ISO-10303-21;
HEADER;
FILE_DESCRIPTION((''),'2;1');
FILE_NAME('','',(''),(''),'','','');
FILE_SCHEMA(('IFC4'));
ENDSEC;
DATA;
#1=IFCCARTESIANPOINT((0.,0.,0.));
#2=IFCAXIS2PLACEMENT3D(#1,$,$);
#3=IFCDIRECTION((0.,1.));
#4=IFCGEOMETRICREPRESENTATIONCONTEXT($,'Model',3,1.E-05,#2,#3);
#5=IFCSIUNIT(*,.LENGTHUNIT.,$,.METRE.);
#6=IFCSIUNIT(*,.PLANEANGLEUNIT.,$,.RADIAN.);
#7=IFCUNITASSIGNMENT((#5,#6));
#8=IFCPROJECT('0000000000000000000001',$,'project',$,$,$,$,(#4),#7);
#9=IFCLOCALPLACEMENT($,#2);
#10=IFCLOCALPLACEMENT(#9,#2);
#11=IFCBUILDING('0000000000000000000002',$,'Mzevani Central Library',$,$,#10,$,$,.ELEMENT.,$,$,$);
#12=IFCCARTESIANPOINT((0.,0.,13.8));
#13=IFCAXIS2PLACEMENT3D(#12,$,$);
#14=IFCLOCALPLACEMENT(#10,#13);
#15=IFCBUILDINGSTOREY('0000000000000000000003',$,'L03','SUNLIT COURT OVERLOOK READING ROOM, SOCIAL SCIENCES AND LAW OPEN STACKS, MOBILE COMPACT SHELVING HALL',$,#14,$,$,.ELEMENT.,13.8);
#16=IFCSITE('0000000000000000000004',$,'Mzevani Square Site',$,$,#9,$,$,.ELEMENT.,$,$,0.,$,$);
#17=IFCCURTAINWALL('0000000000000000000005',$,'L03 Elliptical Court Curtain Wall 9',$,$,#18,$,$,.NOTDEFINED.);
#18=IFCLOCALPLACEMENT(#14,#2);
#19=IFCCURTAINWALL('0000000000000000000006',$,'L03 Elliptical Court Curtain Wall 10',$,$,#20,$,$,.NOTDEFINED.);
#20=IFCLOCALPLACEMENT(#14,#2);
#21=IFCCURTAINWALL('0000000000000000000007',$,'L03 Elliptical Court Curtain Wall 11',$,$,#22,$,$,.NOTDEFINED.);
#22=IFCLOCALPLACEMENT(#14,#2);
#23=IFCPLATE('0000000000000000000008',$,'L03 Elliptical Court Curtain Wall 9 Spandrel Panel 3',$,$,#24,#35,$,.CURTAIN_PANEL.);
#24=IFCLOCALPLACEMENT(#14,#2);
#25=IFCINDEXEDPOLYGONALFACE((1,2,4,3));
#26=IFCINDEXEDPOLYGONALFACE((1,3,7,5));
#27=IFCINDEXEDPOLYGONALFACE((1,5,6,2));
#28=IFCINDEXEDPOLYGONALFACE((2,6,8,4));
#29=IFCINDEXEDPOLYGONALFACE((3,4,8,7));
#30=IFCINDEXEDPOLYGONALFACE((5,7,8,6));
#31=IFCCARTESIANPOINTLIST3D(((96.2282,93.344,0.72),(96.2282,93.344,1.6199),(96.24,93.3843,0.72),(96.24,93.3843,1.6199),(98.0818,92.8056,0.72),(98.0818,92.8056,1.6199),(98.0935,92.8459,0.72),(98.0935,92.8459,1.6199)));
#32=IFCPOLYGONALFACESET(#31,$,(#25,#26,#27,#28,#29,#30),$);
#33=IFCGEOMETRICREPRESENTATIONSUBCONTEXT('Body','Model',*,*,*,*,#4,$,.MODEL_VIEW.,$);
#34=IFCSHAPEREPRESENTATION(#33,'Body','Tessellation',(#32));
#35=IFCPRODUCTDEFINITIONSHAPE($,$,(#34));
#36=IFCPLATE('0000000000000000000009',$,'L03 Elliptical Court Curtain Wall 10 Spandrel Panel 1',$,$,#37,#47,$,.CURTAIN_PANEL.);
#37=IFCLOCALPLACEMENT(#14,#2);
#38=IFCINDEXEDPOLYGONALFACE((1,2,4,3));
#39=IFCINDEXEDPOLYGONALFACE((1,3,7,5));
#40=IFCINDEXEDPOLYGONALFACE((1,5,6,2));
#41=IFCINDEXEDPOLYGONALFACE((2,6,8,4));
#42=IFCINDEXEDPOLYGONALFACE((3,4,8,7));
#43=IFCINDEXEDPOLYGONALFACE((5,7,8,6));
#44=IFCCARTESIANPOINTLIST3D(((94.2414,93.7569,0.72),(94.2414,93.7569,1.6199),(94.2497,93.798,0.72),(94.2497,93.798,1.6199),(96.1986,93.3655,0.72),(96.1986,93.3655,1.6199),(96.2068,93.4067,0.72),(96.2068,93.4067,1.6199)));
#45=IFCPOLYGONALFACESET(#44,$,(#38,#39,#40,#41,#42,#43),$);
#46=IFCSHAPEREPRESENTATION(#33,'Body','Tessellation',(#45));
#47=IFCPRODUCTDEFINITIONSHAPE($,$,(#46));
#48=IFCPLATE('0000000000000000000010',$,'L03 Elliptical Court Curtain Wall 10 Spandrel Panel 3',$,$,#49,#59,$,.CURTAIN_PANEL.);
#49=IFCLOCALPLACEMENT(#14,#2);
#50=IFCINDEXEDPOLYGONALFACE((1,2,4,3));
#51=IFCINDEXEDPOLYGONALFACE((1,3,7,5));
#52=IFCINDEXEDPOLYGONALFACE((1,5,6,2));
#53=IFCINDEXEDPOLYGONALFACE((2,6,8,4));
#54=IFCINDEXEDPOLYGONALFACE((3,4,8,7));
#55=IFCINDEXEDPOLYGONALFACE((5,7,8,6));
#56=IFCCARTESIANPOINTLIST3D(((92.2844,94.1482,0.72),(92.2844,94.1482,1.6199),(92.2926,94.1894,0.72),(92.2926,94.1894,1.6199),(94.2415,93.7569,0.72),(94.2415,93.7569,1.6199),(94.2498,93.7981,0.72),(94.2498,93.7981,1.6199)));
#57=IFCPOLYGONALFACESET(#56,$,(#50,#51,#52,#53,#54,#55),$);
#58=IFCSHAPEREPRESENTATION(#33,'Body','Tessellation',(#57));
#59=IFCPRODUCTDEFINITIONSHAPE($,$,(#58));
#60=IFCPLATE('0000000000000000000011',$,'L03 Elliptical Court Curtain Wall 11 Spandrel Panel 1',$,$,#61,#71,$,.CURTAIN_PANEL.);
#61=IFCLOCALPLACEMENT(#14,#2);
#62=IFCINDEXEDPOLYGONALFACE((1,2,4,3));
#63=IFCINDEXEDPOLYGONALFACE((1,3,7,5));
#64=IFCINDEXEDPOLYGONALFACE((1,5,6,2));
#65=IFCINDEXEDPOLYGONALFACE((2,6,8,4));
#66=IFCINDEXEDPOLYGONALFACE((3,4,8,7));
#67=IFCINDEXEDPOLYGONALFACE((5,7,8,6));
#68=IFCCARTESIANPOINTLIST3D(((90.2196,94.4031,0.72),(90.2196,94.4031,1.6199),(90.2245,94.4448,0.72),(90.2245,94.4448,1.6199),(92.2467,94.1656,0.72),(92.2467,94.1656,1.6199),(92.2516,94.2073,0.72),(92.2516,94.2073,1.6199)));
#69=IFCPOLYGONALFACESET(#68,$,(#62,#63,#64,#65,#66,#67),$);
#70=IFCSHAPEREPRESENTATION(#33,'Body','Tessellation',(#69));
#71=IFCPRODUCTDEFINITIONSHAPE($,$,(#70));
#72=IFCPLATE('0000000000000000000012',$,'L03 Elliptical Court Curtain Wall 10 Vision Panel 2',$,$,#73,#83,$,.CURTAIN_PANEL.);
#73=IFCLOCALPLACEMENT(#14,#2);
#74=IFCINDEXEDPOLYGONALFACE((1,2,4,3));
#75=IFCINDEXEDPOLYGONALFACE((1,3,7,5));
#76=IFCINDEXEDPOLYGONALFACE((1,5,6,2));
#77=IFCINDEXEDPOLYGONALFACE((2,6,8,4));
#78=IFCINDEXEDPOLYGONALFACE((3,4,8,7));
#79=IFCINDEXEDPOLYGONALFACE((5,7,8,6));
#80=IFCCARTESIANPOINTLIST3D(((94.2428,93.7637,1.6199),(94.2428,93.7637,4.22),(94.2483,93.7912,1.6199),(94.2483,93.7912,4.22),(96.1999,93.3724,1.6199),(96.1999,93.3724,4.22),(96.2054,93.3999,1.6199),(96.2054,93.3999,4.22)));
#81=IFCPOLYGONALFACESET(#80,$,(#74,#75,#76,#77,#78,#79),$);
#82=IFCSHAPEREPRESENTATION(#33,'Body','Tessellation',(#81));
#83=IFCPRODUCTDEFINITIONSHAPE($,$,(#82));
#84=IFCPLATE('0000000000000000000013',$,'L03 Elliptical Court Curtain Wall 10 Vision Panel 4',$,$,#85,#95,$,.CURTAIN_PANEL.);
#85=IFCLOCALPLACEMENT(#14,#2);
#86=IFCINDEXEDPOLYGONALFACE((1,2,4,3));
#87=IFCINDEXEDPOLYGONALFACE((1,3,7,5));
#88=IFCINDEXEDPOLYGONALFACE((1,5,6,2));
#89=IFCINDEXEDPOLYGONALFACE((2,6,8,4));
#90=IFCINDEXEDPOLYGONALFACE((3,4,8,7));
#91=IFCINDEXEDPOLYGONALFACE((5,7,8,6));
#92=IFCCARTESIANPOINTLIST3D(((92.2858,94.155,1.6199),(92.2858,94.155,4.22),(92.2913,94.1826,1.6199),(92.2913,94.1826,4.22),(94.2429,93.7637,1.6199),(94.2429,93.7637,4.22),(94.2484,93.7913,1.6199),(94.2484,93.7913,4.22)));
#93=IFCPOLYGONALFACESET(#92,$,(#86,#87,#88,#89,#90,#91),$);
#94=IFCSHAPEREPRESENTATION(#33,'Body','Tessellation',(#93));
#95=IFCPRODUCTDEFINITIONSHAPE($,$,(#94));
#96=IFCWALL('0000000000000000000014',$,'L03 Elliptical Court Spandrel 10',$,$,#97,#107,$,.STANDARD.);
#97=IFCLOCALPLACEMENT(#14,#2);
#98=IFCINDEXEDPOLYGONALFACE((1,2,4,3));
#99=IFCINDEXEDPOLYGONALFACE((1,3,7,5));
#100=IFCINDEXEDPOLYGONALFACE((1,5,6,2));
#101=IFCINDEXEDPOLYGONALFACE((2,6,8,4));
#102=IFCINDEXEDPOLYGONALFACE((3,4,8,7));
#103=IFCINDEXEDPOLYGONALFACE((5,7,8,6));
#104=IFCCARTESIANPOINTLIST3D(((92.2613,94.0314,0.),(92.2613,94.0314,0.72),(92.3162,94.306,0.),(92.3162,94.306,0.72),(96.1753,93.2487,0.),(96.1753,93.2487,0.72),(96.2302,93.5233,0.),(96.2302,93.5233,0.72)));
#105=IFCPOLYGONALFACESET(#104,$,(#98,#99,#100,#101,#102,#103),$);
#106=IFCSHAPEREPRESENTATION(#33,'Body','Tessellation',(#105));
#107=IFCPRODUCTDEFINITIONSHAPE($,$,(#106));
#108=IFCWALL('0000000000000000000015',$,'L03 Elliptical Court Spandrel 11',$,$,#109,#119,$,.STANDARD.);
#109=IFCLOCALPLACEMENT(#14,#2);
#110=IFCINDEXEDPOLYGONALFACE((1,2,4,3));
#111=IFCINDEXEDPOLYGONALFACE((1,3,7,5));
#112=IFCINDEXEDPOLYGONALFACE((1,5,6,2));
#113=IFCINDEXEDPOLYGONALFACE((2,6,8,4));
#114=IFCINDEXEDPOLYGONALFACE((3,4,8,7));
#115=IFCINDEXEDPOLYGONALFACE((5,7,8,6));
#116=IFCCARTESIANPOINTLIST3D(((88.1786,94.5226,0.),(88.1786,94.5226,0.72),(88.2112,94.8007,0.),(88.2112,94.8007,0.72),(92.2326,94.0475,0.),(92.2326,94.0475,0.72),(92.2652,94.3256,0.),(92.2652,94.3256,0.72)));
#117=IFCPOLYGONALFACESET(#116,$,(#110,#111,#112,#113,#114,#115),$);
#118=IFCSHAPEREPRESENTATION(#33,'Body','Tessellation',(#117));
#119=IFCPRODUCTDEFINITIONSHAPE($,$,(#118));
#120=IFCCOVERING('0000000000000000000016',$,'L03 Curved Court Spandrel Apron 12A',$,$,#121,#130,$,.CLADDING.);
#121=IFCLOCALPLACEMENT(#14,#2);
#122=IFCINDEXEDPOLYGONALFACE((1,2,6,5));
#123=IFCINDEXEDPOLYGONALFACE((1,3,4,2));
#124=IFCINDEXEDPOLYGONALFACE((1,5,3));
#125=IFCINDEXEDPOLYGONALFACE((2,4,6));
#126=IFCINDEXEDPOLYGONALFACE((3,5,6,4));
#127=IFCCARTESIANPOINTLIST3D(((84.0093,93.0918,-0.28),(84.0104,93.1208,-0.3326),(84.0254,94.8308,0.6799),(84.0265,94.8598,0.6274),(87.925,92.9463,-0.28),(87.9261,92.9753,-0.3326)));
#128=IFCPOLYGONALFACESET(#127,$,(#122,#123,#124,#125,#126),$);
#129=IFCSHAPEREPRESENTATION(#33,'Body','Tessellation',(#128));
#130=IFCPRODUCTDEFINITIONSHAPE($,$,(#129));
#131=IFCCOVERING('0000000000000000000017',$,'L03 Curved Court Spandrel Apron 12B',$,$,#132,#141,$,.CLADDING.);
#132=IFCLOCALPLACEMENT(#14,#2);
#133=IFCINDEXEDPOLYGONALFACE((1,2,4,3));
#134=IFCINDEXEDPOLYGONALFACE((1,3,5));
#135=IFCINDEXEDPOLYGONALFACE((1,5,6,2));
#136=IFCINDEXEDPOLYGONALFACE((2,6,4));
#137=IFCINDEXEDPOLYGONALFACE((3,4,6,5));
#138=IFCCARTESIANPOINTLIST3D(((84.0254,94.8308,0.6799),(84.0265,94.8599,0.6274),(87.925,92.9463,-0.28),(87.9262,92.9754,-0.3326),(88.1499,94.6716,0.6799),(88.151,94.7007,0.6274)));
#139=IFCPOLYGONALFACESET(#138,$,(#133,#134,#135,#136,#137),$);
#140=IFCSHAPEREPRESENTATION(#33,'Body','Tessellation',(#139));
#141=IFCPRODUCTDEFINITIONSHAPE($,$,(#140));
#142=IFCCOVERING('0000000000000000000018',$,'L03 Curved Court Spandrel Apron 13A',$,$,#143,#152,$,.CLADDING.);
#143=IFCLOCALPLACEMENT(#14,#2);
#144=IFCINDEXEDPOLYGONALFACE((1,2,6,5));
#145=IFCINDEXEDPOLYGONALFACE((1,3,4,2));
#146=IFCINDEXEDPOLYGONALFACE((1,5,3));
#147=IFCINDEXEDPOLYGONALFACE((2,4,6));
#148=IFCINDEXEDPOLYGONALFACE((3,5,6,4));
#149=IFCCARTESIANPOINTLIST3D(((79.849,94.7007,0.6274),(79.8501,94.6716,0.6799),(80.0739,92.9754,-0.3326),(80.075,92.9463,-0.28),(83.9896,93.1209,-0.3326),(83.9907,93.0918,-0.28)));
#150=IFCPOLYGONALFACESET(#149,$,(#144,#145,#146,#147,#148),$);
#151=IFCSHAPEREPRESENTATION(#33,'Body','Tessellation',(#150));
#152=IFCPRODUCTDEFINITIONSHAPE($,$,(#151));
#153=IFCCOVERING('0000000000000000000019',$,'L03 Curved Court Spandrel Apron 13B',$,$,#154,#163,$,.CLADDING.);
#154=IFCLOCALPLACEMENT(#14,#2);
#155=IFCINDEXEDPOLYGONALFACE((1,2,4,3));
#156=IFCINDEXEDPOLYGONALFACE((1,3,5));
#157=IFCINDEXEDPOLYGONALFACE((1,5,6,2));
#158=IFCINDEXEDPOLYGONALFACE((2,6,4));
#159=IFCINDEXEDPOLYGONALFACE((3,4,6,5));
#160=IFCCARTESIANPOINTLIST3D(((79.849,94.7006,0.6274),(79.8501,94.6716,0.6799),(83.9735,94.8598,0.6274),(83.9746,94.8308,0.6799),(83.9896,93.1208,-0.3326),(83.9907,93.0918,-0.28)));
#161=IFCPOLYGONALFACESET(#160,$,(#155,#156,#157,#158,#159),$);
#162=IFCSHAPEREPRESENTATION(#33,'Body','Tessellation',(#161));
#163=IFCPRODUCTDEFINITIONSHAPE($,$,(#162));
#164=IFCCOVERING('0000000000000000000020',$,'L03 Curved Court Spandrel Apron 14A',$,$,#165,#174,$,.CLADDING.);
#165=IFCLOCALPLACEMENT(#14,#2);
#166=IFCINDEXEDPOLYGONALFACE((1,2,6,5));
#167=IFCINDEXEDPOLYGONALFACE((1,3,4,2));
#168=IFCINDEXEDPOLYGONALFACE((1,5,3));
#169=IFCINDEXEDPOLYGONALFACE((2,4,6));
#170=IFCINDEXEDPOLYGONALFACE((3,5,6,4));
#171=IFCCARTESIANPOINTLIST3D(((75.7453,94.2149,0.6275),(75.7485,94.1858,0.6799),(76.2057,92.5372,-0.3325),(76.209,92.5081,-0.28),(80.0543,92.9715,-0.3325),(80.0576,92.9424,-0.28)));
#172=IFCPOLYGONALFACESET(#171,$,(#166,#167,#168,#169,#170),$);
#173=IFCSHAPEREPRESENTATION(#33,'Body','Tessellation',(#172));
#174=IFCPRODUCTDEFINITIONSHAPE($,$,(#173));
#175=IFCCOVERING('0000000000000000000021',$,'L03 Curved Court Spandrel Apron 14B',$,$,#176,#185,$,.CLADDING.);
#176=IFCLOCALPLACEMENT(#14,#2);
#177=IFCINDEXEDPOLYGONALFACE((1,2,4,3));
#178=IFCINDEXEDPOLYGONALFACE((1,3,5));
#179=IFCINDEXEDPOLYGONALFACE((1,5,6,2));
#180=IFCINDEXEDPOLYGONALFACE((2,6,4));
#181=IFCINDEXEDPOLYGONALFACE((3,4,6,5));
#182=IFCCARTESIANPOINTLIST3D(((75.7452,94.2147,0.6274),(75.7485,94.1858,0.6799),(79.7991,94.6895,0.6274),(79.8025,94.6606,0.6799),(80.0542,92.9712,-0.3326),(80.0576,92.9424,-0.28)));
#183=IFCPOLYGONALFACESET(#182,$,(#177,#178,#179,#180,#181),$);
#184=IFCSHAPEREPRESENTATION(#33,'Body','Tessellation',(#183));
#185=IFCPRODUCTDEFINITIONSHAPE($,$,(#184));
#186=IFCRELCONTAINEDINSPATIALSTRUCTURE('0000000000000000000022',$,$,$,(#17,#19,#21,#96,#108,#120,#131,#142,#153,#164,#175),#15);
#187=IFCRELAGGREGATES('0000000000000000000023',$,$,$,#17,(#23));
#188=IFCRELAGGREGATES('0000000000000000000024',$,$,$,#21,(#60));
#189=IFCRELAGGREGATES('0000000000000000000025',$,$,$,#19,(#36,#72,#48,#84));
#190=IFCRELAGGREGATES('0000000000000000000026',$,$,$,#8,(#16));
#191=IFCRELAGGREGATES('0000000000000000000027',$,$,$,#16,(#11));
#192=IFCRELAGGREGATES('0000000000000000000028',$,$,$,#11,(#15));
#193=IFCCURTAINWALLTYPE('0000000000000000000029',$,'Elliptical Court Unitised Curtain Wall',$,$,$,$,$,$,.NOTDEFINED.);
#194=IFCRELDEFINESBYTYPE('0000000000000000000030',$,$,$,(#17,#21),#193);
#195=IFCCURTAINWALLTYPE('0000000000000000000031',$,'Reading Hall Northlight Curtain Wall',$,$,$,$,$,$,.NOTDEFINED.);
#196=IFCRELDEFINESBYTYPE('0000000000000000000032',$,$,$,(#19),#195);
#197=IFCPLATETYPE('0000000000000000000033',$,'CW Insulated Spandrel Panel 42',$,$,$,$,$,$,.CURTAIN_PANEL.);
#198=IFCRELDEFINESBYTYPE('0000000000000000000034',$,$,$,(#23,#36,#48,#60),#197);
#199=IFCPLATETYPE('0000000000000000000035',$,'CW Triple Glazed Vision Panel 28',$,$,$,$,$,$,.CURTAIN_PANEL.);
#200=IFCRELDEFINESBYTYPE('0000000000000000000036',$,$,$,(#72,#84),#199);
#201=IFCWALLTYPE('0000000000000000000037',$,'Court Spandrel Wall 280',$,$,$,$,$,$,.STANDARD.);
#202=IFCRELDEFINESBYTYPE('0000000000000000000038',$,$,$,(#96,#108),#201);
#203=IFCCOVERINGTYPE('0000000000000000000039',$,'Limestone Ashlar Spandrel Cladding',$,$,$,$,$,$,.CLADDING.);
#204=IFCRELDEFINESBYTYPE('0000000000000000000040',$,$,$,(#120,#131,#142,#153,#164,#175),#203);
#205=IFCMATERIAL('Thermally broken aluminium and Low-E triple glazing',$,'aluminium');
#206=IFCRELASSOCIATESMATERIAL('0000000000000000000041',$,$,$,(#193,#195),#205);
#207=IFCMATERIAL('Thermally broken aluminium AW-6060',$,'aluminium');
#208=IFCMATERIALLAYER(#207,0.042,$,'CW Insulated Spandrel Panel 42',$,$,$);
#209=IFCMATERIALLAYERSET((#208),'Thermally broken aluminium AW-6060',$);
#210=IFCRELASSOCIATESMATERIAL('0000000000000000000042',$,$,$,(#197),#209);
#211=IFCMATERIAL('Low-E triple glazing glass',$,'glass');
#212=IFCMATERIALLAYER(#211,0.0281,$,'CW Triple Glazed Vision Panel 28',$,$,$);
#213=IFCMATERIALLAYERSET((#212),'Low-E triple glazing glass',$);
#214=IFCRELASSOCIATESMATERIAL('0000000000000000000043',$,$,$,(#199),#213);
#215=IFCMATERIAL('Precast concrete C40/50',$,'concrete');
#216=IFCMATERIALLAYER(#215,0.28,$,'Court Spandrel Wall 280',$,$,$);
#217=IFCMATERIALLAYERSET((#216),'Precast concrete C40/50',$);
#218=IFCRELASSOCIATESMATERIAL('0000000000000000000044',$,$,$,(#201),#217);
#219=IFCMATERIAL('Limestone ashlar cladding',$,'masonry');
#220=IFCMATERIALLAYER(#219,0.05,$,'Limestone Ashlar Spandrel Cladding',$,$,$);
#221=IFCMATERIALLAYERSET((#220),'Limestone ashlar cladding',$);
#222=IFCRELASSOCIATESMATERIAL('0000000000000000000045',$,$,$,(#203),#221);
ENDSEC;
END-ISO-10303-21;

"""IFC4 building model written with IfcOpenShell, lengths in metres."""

from ifc_helpers import new_model, si_unit, direction, frame, frame_2d, origin, origin_2d, place, context, subcontext, project, spatial, polyline, rectangle, outline, extrude, material, layer, layer_set, type_object, element, aggregate, save


model = new_model("IFC4")

# Units and contexts
model_context = context("Model", 3, precision=1e-05, world=origin(), true_north=direction((0.0, 1.0)))
body_context = subcontext(model_context, "Body", "Model", "MODEL_VIEW")
ifc_project = project(units=[si_unit("LENGTHUNIT", "METRE"), si_unit("PLANEANGLEUNIT", "RADIAN")], contexts=[model_context])

# Site, building, storey
site_placement = place(None, origin())
site = spatial("IfcSite", under=ifc_project, at=site_placement, Name="Mzevani Square Site", CompositionType="ELEMENT", RefElevation=0.0)
building_placement = place(site_placement, origin())
building = spatial("IfcBuilding", under=site, at=building_placement, Name="Mzevani Central Library", CompositionType="ELEMENT")
storey_placement = place(building_placement, frame((0.0, 0.0, 13.8)))
storey = spatial("IfcBuildingStorey", under=building, at=storey_placement, Name="L03", Description="SUNLIT COURT OVERLOOK READING ROOM, SOCIAL SCIENCES AND LAW OPEN STACKS, MOBILE COMPACT SHELVING HALL", CompositionType="ELEMENT", Elevation=13.8)

# Curtain wall
ifc_material_1 = material(Name="Thermally broken aluminium and Low-E triple glazing", Category="aluminium")
curtain_wall_type_1 = type_object("IfcCurtainWallType", Name="Elliptical Court Unitised Curtain Wall", PredefinedType="NOTDEFINED", material=ifc_material_1)
curtain_wall_1_placement = place(storey_placement, origin())
curtain_wall_1 = element("IfcCurtainWall", 1, at=curtain_wall_1_placement, inside=storey, type_object=curtain_wall_type_1, Name="L03 Elliptical Court Curtain Wall 9", PredefinedType="NOTDEFINED")
ifc_material_2 = material(Name="Thermally broken aluminium AW-6060", Category="aluminium")

# Curtain wall
curtain_wall_type_2 = type_object("IfcCurtainWallType", Name="Reading Hall Northlight Curtain Wall", PredefinedType="NOTDEFINED", material=ifc_material_1)
curtain_wall_2_placement = place(storey_placement, origin())
curtain_wall_2 = element("IfcCurtainWall", 2, at=curtain_wall_2_placement, inside=storey, type_object=curtain_wall_type_2, Name="L03 Elliptical Court Curtain Wall 10", PredefinedType="NOTDEFINED")

# Curtain wall
curtain_wall_3_placement = place(storey_placement, origin())
curtain_wall_3 = element("IfcCurtainWall", 3, at=curtain_wall_3_placement, inside=storey, type_object=curtain_wall_type_1, Name="L03 Elliptical Court Curtain Wall 11", PredefinedType="NOTDEFINED")

# Plates
ifc_layer_1 = layer(ifc_material_2, 0.042, Name="CW Insulated Spandrel Panel 42")
ifc_layer_set_1 = layer_set([ifc_layer_1], Name="Thermally broken aluminium AW-6060")
plate_type_1 = type_object("IfcPlateType", Name="CW Insulated Spandrel Panel 42", PredefinedType="CURTAIN_PANEL", material=ifc_layer_set_1)
plate_1_placement = place(storey_placement, frame((97.1609, 93.095, 0.72), z_axis=(0.0, 0.0, 1.0), x_axis=(-0.96031, 0.278934, 0.0)))
plate_1 = element("IfcPlate", 4, at=plate_1_placement, type_object=plate_type_1, Name="L03 Elliptical Court Curtain Wall 9 Spandrel Panel 3", PredefinedType="CURTAIN_PANEL", context=body_context, shape_type="SweptSolid", body=[
    extrude(rectangle(XDim=1.9302, YDim=0.042, at=origin_2d()), origin(), (0.0, 0.0, 1.0), 0.8999),
])
aggregate(curtain_wall_1, [plate_1])
plate_2_placement = place(storey_placement, frame((95.2241, 93.5818, 0.72), z_axis=(0.0, 0.0, 1.0), x_axis=(-0.980591, 0.196063, 0.0)))
plate_2 = element("IfcPlate", 5, at=plate_2_placement, type_object=plate_type_1, Name="L03 Elliptical Court Curtain Wall 10 Spandrel Panel 1", PredefinedType="CURTAIN_PANEL", context=body_context, shape_type="SweptSolid", body=[
    extrude(rectangle(XDim=1.9958, YDim=0.042, at=origin_2d()), origin(), (0.0, 0.0, 1.0), 0.8999),
])
plate_3_placement = place(storey_placement, frame((93.2671, 93.9731, 0.72), z_axis=(0.0, 0.0, 1.0), x_axis=(-0.980591, 0.196063, 0.0)))
plate_3 = element("IfcPlate", 6, at=plate_3_placement, type_object=plate_type_1, Name="L03 Elliptical Court Curtain Wall 10 Spandrel Panel 3", PredefinedType="CURTAIN_PANEL", context=body_context, shape_type="SweptSolid", body=[
    extrude(rectangle(XDim=1.9958, YDim=0.042, at=origin_2d()), origin(), (0.0, 0.0, 1.0), 0.8999),
])
plate_4_placement = place(storey_placement, frame((91.2356, 94.3052, 0.72), z_axis=(0.0, 0.0, 1.0), x_axis=(-0.993206, 0.116369, 0.0)))
plate_4 = element("IfcPlate", 7, at=plate_4_placement, type_object=plate_type_1, Name="L03 Elliptical Court Curtain Wall 11 Spandrel Panel 1", PredefinedType="CURTAIN_PANEL", context=body_context, shape_type="SweptSolid", body=[
    extrude(rectangle(XDim=2.041, YDim=0.042, at=origin_2d()), origin(), (0.0, 0.0, 1.0), 0.8999),
])
aggregate(curtain_wall_3, [plate_4])
ifc_material_3 = material(Name="Low-E triple glazing glass", Category="glass")
ifc_layer_2 = layer(ifc_material_3, 0.0281, Name="CW Triple Glazed Vision Panel 28")
ifc_layer_set_2 = layer_set([ifc_layer_2], Name="Low-E triple glazing glass")
plate_type_2 = type_object("IfcPlateType", Name="CW Triple Glazed Vision Panel 28", PredefinedType="CURTAIN_PANEL", material=ifc_layer_set_2)
plate_5_placement = place(storey_placement, frame((95.2241, 93.5818, 1.6199), z_axis=(0.0, 0.0, 1.0), x_axis=(-0.980591, 0.196063, 0.0)))
plate_5 = element("IfcPlate", 8, at=plate_5_placement, type_object=plate_type_2, Name="L03 Elliptical Court Curtain Wall 10 Vision Panel 2", PredefinedType="CURTAIN_PANEL", context=body_context, shape_type="SweptSolid", body=[
    extrude(rectangle(XDim=1.9958, YDim=0.0281, at=origin_2d()), origin(), (0.0, 0.0, 1.0), 2.6001),
])
plate_6_placement = place(storey_placement, frame((93.2671, 93.9731, 1.6199), z_axis=(0.0, 0.0, 1.0), x_axis=(-0.980591, 0.196063, 0.0)))
plate_6 = element("IfcPlate", 9, at=plate_6_placement, type_object=plate_type_2, Name="L03 Elliptical Court Curtain Wall 10 Vision Panel 4", PredefinedType="CURTAIN_PANEL", context=body_context, shape_type="SweptSolid", body=[
    extrude(rectangle(XDim=1.9958, YDim=0.0281, at=origin_2d()), origin(), (0.0, 0.0, 1.0), 2.6001),
])
aggregate(curtain_wall_2, [plate_2, plate_5, plate_3, plate_6])

# Walls
ifc_material_4 = material(Name="Precast concrete C40/50", Category="concrete")
ifc_layer_3 = layer(ifc_material_4, 0.28, Name="Court Spandrel Wall 280")
ifc_layer_set_3 = layer_set([ifc_layer_3], Name="Precast concrete C40/50")
wall_type = type_object("IfcWallType", Name="Court Spandrel Wall 280", PredefinedType="STANDARD", material=ifc_layer_set_3)
wall_1_placement = place(storey_placement, frame((96.2026, 93.386, 0.0), z_axis=(0.0, 0.0, 1.0), x_axis=(-0.980585, 0.196093, 0.0)))
element("IfcWall", 10, at=wall_1_placement, inside=storey, type_object=wall_type, Name="L03 Elliptical Court Spandrel 10", PredefinedType="STANDARD", context=body_context, shape_type="SweptSolid", body=[
    extrude(rectangle(XDim=3.9915, YDim=0.28, at=frame_2d((1.9956, 0.0))), origin(), (0.0, 0.0, 1.0), 0.72),
])
wall_2_placement = place(storey_placement, frame((92.249, 94.1865, 0.0), z_axis=(0.0, 0.0, 1.0), x_axis=(-0.993203, 0.116397, 0.0)))
element("IfcWall", 11, at=wall_2_placement, inside=storey, type_object=wall_type, Name="L03 Elliptical Court Spandrel 11", PredefinedType="STANDARD", context=body_context, shape_type="SweptSolid", body=[
    extrude(rectangle(XDim=4.0818, YDim=0.28, at=frame_2d((2.041, 0.0))), origin(), (0.0, 0.0, 1.0), 0.72),
])

# Coverings
ifc_material_5 = material(Name="Limestone ashlar cladding", Category="masonry")
ifc_layer_4 = layer(ifc_material_5, 0.05, Name="Limestone Ashlar Spandrel Cladding")
ifc_layer_set_4 = layer_set([ifc_layer_4], Name="Limestone ashlar cladding")
covering_type = type_object("IfcCoveringType", Name="Limestone Ashlar Spandrel Cladding", PredefinedType="CLADDING", material=ifc_layer_set_4)
covering_1_placement = place(storey_placement, frame((87.925, 92.9463, -0.28), z_axis=(-0.01795, -0.483067, 0.875399), x_axis=(-0.99931, 0.037134, 0.0)))
element("IfcCovering", 12, at=covering_1_placement, inside=storey, type_object=covering_type, Name="L03 Curved Court Spandrel Apron 12A", PredefinedType="CLADDING", context=body_context, shape_type="SweptSolid", body=[
    extrude(outline(polyline([(0.0, 0.0), (3.9185, 0.0), (3.9669, -1.9859), (0.0, 0.0)])), origin(), (0.0, 0.0, -1.0), 0.0601),
])
covering_2_placement = place(storey_placement, frame((87.925, 92.9463, -0.28), z_axis=(-0.018689, -0.484253, 0.874728), x_axis=(-0.879045, 0.424801, 0.21639)))
element("IfcCovering", 13, at=covering_2_placement, inside=storey, type_object=covering_type, Name="L03 Curved Court Spandrel Apron 12B", PredefinedType="CLADDING", context=body_context, shape_type="SweptSolid", body=[
    extrude(outline(polyline([(0.0, 0.0), (4.4362, 0.0), (0.743, -1.8431), (0.0, 0.0)])), origin(), (0.0, 0.0, -1.0), 0.0601),
])
covering_3_placement = place(storey_placement, frame((83.9907, 93.0918, -0.28), z_axis=(0.017997, -0.484328, 0.874701), x_axis=(-0.99931, -0.037134, 0.0)))
element("IfcCovering", 14, at=covering_3_placement, inside=storey, type_object=covering_type, Name="L03 Curved Court Spandrel Apron 13A", PredefinedType="CLADDING", context=body_context, shape_type="SweptSolid", body=[
    extrude(outline(polyline([(0.0, 0.0), (3.9185, 0.0), (4.0791, -1.9807), (0.0, 0.0)])), origin(), (0.0, 0.0, -1.0), 0.0601),
])
covering_4_placement = place(storey_placement, frame((83.9907, 93.0918, -0.28), z_axis=(0.018643, -0.483056, 0.875391), x_axis=(-0.913127, 0.348399, 0.211699)))
element("IfcCovering", 15, at=covering_4_placement, inside=storey, type_object=covering_type, Name="L03 Curved Court Spandrel Apron 13B", PredefinedType="CLADDING", context=body_context, shape_type="SweptSolid", body=[
    extrude(outline(polyline([(0.0, 0.0), (4.5346, 0.0), (0.8238, -1.8076), (0.0, 0.0)])), origin(), (0.0, 0.0, -1.0), 0.0601),
])
covering_5_placement = place(storey_placement, frame((80.0576, 92.9424, -0.28), z_axis=(0.054681, -0.484538, 0.87306), x_axis=(-0.993692, -0.11214, 0.0)))
element("IfcCovering", 16, at=covering_5_placement, inside=storey, type_object=covering_type, Name="L03 Curved Court Spandrel Apron 14A", PredefinedType="CLADDING", context=body_context, shape_type="SweptSolid", body=[
    extrude(outline(polyline([(0.0, 0.0), (3.8731, 0.0), (4.1425, -1.9687), (0.0, 0.0)])), origin(), (0.0, 0.0, -1.0), 0.0601),
])
covering_6_placement = place(storey_placement, frame((80.0576, 92.9424, -0.28), z_axis=(0.056291, -0.480571, 0.875148), x_axis=(-0.939519, 0.271103, 0.209302)))
element("IfcCovering", 17, at=covering_6_placement, inside=storey, type_object=covering_type, Name="L03 Curved Court Spandrel Apron 14B", PredefinedType="CLADDING", context=body_context, shape_type="SweptSolid", body=[
    extrude(outline(polyline([(0.0, 0.0), (4.5865, 0.0), (0.9064, -1.7656), (0.0, 0.0)])), origin(), (0.0, 0.0, -1.0), 0.0601),
])

save(model, "model.ifc")
